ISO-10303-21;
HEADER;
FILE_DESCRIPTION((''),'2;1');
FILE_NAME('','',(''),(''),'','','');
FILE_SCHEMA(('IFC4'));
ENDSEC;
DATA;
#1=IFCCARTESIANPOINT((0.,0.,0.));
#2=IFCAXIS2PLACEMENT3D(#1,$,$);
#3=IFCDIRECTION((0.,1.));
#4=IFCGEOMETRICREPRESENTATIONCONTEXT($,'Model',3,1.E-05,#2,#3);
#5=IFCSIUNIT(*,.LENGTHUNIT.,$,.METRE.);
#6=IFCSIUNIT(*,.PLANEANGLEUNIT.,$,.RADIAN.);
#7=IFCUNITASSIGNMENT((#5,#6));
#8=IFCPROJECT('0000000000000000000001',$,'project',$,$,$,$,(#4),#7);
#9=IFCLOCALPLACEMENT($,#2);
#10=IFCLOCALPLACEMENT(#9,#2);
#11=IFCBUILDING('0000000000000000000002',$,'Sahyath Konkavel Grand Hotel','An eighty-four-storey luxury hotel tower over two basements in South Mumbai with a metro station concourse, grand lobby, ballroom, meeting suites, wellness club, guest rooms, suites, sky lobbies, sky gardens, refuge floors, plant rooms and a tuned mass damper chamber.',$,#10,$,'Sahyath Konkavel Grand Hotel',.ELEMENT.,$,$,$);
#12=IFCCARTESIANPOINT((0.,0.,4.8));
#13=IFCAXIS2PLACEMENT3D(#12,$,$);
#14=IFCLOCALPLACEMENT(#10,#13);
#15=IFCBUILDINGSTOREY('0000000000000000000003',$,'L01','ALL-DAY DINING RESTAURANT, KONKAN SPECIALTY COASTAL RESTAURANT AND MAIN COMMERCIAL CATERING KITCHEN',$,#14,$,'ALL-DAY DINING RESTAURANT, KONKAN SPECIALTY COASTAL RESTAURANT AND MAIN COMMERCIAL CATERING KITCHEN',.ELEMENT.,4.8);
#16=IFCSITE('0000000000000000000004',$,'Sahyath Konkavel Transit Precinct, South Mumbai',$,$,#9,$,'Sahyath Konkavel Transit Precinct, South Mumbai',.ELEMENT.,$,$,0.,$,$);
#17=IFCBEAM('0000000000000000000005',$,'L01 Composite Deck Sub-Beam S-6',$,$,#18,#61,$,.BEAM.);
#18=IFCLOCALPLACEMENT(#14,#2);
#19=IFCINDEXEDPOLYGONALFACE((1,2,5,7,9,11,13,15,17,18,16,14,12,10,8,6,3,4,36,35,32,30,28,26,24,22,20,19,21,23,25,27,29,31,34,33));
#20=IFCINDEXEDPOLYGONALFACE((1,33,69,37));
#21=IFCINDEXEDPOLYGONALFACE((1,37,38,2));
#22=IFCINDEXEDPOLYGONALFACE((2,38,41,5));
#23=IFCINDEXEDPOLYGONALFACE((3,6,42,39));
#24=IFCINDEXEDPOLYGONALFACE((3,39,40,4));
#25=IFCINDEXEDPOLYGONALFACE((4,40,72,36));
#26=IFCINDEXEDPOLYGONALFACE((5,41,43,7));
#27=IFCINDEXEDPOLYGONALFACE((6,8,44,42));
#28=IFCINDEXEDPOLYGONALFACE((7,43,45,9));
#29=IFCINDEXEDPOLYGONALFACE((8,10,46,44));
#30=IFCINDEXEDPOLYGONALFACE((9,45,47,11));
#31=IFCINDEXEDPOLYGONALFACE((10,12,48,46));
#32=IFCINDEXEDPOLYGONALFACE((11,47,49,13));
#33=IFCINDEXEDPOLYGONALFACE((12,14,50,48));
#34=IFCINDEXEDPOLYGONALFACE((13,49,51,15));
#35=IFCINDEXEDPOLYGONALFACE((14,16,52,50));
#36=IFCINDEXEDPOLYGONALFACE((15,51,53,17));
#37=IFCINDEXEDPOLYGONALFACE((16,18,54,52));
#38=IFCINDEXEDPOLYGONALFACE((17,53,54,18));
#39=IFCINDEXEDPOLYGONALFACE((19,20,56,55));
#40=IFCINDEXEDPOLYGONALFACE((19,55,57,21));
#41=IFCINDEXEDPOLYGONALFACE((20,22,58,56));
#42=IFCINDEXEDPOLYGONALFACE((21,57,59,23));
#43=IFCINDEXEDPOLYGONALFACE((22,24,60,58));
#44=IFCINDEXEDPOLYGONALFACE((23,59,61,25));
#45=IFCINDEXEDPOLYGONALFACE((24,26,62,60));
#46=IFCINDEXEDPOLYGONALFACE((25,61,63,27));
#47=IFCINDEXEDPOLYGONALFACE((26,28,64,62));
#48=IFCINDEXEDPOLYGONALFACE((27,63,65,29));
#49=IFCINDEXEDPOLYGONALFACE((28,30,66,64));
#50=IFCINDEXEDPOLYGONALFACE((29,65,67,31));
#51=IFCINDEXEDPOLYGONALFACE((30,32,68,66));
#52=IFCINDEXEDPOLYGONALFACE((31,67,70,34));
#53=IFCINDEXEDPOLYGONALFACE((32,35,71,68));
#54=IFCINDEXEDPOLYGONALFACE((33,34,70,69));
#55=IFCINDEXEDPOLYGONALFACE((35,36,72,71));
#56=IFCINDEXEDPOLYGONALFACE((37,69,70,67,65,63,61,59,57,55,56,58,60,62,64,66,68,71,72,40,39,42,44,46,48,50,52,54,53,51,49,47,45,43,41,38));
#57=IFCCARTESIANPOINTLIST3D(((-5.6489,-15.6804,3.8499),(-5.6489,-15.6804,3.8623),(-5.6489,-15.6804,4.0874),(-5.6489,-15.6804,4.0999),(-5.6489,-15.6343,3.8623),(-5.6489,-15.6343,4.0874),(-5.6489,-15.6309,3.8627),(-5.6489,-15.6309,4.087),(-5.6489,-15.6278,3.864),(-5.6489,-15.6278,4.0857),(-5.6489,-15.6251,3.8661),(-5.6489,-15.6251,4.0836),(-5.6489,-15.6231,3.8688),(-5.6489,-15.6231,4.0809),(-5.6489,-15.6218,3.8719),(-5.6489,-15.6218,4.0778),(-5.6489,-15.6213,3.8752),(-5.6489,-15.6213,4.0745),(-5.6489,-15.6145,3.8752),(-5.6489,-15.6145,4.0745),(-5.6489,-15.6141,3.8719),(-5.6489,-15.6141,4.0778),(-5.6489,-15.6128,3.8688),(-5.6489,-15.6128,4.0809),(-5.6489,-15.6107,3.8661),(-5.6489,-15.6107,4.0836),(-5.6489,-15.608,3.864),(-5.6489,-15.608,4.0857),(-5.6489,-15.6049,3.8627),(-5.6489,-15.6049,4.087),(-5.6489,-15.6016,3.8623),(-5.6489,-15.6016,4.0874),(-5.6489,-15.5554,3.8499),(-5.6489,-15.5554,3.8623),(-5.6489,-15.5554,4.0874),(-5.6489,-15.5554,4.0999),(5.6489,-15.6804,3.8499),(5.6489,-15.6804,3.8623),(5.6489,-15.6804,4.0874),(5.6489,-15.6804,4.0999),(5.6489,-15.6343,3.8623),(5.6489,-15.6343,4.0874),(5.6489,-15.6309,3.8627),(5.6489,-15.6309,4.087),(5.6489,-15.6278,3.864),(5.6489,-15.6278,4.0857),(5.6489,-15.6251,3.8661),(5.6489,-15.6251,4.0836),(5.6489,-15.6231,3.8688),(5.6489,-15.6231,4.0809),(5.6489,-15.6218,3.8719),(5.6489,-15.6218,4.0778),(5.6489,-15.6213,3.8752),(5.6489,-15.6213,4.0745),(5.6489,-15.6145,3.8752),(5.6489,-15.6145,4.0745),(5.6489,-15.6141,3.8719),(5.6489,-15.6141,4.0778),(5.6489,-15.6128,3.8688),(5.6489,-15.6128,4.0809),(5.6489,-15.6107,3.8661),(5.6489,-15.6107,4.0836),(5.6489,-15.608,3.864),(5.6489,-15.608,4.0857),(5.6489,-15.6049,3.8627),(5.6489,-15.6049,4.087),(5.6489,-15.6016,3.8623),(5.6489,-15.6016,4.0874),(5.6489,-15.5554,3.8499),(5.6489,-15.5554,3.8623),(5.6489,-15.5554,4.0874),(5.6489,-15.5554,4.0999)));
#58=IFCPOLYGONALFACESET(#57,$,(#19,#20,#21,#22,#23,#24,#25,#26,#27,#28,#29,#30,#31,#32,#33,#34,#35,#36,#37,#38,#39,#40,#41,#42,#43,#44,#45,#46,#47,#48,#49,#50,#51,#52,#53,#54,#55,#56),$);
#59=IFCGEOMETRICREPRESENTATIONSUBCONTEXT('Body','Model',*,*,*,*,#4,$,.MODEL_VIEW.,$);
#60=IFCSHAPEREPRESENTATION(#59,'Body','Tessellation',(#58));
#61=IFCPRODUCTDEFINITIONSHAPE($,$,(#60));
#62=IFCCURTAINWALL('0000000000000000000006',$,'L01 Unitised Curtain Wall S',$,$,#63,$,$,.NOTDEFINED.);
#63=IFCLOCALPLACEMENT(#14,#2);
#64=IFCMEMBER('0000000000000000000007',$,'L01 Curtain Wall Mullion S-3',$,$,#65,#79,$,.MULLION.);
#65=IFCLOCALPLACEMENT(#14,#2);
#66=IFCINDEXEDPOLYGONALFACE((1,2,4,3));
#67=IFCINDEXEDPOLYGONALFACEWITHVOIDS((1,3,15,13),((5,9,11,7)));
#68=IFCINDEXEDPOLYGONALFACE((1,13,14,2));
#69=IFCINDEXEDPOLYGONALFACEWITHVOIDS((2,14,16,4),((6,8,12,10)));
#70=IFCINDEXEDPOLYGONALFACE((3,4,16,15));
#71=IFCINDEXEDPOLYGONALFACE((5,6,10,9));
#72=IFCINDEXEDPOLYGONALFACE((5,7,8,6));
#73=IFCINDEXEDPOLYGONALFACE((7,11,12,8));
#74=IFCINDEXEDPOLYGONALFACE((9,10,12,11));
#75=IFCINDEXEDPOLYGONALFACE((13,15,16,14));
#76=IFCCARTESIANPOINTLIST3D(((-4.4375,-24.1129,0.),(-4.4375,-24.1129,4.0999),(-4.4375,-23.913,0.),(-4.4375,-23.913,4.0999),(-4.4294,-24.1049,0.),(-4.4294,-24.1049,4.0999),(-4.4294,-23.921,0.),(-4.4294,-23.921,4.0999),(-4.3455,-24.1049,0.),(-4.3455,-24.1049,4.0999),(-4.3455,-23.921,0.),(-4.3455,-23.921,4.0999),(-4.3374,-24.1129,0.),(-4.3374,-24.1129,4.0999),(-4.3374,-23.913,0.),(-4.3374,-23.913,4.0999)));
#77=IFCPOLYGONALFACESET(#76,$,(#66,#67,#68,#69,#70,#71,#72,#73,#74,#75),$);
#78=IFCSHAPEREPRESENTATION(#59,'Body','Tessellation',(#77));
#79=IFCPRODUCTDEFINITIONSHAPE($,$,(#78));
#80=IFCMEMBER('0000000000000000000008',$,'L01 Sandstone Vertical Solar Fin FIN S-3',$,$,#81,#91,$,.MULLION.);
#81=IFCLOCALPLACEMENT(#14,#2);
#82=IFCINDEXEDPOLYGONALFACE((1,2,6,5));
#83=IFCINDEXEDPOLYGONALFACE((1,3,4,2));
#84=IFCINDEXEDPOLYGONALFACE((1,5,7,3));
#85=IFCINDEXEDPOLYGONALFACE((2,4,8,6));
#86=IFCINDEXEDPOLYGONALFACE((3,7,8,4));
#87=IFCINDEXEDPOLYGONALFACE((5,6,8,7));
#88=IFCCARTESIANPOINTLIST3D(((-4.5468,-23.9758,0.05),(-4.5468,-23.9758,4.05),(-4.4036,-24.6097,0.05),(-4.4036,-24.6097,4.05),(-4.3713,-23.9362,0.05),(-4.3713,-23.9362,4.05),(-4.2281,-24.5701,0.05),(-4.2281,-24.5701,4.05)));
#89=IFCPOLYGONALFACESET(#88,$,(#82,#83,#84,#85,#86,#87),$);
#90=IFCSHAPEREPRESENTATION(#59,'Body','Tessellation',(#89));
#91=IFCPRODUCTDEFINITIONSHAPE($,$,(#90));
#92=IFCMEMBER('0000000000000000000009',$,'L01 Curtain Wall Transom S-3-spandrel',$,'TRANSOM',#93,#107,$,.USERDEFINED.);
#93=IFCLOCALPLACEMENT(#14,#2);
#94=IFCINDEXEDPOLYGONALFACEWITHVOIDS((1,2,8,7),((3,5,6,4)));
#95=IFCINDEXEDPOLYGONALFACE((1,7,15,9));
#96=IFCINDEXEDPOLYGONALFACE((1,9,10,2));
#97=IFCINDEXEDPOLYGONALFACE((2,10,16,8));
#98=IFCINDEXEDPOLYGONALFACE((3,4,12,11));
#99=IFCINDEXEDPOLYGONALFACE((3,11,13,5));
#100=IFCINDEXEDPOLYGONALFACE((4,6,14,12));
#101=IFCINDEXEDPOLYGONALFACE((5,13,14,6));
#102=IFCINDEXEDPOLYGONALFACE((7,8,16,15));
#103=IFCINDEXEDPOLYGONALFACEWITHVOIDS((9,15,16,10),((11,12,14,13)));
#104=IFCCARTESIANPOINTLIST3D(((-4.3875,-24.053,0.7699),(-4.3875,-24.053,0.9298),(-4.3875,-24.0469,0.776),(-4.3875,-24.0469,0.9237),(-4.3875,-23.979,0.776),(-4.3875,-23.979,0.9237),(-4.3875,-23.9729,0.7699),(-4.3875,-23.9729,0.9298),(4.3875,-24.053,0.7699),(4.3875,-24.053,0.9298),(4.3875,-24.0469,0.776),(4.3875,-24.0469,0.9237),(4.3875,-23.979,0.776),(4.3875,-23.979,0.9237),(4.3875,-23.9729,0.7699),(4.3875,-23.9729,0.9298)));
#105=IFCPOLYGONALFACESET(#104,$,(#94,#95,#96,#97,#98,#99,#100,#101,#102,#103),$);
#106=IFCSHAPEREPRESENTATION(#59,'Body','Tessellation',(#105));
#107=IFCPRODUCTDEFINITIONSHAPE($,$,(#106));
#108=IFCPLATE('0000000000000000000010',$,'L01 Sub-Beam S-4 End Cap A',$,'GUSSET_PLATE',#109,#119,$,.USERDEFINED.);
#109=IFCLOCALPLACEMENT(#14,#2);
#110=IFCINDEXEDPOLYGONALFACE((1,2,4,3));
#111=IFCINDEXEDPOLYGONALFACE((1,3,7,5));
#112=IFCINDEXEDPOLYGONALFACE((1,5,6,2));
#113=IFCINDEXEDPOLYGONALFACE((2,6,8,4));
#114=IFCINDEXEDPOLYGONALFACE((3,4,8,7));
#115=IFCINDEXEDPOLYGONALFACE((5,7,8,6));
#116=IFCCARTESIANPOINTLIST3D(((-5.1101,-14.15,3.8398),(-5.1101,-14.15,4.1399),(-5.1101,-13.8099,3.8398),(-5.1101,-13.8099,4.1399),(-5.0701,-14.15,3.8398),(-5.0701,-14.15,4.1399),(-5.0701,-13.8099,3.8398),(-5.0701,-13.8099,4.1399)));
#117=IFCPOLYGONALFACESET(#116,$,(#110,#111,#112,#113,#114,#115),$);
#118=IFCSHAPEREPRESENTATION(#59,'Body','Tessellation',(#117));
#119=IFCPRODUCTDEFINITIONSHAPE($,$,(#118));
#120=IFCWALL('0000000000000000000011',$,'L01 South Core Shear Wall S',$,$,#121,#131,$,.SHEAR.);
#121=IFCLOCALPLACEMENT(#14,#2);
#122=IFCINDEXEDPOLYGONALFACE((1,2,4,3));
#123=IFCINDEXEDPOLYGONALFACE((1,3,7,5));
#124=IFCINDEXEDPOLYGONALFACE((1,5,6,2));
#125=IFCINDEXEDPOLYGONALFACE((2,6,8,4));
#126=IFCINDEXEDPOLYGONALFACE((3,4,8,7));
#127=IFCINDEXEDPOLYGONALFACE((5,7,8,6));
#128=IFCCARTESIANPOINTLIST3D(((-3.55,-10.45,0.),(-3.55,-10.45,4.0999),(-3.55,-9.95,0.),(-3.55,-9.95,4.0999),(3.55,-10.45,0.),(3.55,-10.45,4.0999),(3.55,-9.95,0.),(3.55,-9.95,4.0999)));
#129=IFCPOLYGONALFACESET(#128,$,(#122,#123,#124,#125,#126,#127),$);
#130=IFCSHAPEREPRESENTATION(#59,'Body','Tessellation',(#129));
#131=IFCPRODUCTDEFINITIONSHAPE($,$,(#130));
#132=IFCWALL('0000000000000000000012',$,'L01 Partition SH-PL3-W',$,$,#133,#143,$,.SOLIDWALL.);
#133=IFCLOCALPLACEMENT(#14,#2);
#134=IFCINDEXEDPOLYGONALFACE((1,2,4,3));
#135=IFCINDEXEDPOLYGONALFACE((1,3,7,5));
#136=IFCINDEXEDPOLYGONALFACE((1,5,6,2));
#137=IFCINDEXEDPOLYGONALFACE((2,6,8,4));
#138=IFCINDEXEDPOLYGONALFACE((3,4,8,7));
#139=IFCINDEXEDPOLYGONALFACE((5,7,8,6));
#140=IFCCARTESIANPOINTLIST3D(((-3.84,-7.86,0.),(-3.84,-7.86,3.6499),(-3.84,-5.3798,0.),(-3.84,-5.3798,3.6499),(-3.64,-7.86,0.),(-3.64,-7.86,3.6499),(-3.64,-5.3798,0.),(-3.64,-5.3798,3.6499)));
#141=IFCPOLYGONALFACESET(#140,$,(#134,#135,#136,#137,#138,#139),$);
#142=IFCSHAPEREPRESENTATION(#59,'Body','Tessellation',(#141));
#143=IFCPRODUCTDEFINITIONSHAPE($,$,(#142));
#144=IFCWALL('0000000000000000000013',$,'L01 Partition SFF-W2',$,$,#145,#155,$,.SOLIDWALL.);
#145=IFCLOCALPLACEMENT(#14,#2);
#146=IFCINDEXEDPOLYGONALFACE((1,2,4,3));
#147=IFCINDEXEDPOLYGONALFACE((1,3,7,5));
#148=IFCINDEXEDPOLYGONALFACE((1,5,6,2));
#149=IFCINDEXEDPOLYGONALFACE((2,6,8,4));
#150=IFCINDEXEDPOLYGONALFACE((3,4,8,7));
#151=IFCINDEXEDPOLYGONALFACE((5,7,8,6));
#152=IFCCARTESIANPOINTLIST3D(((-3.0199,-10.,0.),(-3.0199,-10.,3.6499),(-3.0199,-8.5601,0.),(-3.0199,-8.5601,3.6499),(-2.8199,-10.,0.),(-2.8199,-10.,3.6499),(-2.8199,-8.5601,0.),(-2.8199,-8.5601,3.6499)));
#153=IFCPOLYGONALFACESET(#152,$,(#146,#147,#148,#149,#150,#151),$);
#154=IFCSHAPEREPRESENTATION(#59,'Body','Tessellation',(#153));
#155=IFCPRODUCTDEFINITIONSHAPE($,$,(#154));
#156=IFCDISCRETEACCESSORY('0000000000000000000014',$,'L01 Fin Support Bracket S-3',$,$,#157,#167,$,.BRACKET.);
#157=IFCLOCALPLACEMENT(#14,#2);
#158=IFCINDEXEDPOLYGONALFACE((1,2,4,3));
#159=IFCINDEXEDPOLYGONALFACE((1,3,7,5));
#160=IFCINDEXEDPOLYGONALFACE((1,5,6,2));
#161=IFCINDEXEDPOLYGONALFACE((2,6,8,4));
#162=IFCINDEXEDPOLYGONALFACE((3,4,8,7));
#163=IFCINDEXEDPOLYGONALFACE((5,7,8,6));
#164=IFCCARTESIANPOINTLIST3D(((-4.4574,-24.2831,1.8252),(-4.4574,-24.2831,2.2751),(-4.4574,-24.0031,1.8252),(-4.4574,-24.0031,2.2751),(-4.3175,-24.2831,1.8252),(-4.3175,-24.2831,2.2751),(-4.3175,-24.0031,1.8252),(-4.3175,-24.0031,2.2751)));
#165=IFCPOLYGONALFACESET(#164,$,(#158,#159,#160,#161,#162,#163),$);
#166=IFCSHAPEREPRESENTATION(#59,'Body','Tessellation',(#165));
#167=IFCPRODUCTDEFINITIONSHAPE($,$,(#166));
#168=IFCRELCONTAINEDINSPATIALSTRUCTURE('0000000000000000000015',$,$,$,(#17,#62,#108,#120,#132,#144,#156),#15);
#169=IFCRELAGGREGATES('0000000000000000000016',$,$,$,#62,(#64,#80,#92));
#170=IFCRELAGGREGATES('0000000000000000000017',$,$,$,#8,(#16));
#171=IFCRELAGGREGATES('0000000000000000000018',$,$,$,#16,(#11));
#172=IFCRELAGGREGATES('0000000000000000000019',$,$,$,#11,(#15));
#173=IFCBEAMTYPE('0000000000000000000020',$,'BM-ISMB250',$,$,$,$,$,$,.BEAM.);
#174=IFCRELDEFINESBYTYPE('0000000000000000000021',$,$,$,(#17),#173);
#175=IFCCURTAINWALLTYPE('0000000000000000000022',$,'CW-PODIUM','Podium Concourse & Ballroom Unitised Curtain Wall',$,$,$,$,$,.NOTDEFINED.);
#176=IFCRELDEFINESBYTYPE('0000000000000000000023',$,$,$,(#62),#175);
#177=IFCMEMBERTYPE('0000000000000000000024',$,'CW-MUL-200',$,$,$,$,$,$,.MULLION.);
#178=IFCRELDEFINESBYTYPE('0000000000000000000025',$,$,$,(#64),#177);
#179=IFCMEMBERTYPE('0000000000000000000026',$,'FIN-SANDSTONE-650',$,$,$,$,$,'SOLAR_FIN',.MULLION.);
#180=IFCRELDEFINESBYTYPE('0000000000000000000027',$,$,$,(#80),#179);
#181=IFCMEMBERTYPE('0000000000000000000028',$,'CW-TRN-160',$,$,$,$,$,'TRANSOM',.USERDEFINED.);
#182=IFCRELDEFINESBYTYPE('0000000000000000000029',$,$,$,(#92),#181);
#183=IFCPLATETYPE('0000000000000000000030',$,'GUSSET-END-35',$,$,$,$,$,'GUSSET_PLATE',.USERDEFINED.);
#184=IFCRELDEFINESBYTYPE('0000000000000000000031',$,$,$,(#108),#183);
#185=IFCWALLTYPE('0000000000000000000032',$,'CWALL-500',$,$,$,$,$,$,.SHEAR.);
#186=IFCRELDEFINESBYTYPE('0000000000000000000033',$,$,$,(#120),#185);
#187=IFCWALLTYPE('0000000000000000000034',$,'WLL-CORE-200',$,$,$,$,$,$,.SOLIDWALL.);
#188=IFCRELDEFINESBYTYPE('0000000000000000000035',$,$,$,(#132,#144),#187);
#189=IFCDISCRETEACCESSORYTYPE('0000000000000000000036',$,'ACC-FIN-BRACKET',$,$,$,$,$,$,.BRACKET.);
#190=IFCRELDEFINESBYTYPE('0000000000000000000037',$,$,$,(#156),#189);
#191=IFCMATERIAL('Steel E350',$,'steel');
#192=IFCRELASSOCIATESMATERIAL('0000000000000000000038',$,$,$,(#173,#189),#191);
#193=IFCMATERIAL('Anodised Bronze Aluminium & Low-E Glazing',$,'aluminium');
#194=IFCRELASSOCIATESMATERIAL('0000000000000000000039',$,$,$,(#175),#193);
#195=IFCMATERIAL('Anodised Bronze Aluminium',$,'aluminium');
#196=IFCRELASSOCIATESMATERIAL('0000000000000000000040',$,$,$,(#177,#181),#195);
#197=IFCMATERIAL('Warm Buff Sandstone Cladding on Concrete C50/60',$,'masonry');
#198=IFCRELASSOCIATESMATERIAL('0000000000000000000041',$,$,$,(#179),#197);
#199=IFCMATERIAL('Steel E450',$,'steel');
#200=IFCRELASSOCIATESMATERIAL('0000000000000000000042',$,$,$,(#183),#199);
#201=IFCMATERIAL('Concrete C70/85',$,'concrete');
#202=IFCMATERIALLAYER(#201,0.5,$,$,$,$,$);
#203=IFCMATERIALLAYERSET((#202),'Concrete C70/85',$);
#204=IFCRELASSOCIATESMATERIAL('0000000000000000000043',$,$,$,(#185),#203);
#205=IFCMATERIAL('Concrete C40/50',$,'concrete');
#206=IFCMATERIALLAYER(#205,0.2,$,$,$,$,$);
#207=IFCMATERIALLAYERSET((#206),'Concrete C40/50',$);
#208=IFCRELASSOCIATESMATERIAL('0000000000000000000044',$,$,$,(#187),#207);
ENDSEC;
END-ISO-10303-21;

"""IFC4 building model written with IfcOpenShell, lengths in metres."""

from ifc_helpers import new_model, si_unit, direction, frame, frame_2d, origin, origin_2d, place, context, subcontext, project, spatial, rectangle, hollow_rectangle, i_section, extrude, source, transform, mapped, material, layer, layer_set, material_profile, profile_set, type_object, element, aggregate, save


model = new_model("IFC4")

# Units and contexts
model_context = context("Model", 3, precision=1e-05, world=origin(), true_north=direction((0.0, 1.0)))
body_context = subcontext(model_context, "Body", "Model", "MODEL_VIEW")
ifc_project = project(units=[si_unit("LENGTHUNIT", "METRE"), si_unit("PLANEANGLEUNIT", "RADIAN")], contexts=[model_context])

# Site, building, storey
site_placement = place(None, origin())
site = spatial("IfcSite", under=ifc_project, at=site_placement, Name="Sahyath Konkavel Transit Precinct, South Mumbai", LongName="Sahyath Konkavel Transit Precinct, South Mumbai", CompositionType="ELEMENT", RefElevation=0.0)
building_placement = place(site_placement, origin())
building = spatial("IfcBuilding", under=site, at=building_placement, Name="Sahyath Konkavel Grand Hotel", Description="An eighty-four-storey luxury hotel tower over two basements in South Mumbai with a metro station concourse, grand lobby, ballroom, meeting suites, wellness club, guest rooms, suites, sky lobbies, sky gardens, refuge floors, plant rooms and a tuned mass damper chamber.", LongName="Sahyath Konkavel Grand Hotel", CompositionType="ELEMENT")
storey_placement = place(building_placement, frame((0.0, 0.0, 4.8)))
storey = spatial("IfcBuildingStorey", under=building, at=storey_placement, Name="L01", Description="ALL-DAY DINING RESTAURANT, KONKAN SPECIALTY COASTAL RESTAURANT AND MAIN COMMERCIAL CATERING KITCHEN", LongName="ALL-DAY DINING RESTAURANT, KONKAN SPECIALTY COASTAL RESTAURANT AND MAIN COMMERCIAL CATERING KITCHEN", CompositionType="ELEMENT", Elevation=4.8)

# Shared definitions
ifc_material_1 = material(Name="Concrete C70/85", Category="concrete")

# Beam
ifc_material_2 = material(Name="Steel E350", Category="steel")
ifc_material_profile_1 = material_profile(ifc_material_2, i_section(OverallWidth=0.125, OverallDepth=0.25, WebThickness=0.0068, FlangeThickness=0.0125, FilletRadius=0.0129, at=origin_2d()), Name="ISMB 250")
ifc_profile_set_1 = profile_set([ifc_material_profile_1], Name="Steel E350")
beam_type_1 = type_object("IfcBeamType", Name="BM-ISMB250", PredefinedType="BEAM", material=ifc_profile_set_1)
shared_shape_1 = source(origin(), body_context, "Body", "SweptSolid", [
    extrude(i_section(OverallWidth=0.125, OverallDepth=0.25, WebThickness=0.0068, FlangeThickness=0.0125, FilletRadius=0.0129, at=origin_2d()), origin(), (0.0, 0.0, 1.0), 11.2979),
])
beam_1_placement = place(storey_placement, frame((-5.6489, -15.6179, 3.9749), z_axis=(1.0, 0.0, 0.0), x_axis=(0.0, 1.0, 0.0)))
element("IfcBeam", 1, at=beam_1_placement, inside=storey, type_object=beam_type_1, Name="L01 Composite Deck Sub-Beam S-6", PredefinedType="BEAM", context=body_context, shape_type="MappedRepresentation", body=[
    mapped(shared_shape_1, transform((0.0, 0.0, 0.0), scale=1.0)),
])

# Curtain wall, members
ifc_material_3 = material(Name="Anodised Bronze Aluminium & Low-E Glazing", Category="aluminium")
curtain_wall_type = type_object("IfcCurtainWallType", Name="CW-PODIUM", Description="Podium Concourse & Ballroom Unitised Curtain Wall", PredefinedType="NOTDEFINED", material=ifc_material_3)
curtain_wall_placement = place(storey_placement, origin())
curtain_wall = element("IfcCurtainWall", 2, at=curtain_wall_placement, inside=storey, type_object=curtain_wall_type, Name="L01 Unitised Curtain Wall S", PredefinedType="NOTDEFINED")
ifc_material_4 = material(Name="Anodised Bronze Aluminium", Category="aluminium")
ifc_material_profile_2 = material_profile(ifc_material_4, hollow_rectangle(XDim=0.1001, YDim=0.2, WallThickness=0.0081, at=origin_2d()), Name="RHS 200x100x8")
ifc_profile_set_2 = profile_set([ifc_material_profile_2], Name="Anodised Bronze Aluminium")
member_type_1 = type_object("IfcMemberType", Name="CW-MUL-200", PredefinedType="MULLION", material=ifc_profile_set_2)
shared_shape_2 = source(origin(), body_context, "Body", "SweptSolid", [
    extrude(hollow_rectangle(XDim=0.1001, YDim=0.2, WallThickness=0.0081, at=origin_2d()), origin(), (0.0, 0.0, 1.0), 4.0999),
])
member_1_placement = place(storey_placement, frame((-4.3875, -24.0129, 0.0), z_axis=(0.0, 0.0, 1.0), x_axis=(1.0, 0.0, 0.0)))
member_1 = element("IfcMember", 3, at=member_1_placement, type_object=member_type_1, Name="L01 Curtain Wall Mullion S-3", PredefinedType="MULLION", context=body_context, shape_type="MappedRepresentation", body=[
    mapped(shared_shape_2, transform((0.0, 0.0, 0.0), scale=1.0)),
])
ifc_material_5 = material(Name="Warm Buff Sandstone Cladding on Concrete C50/60", Category="masonry")
ifc_material_profile_3 = material_profile(ifc_material_5, rectangle(XDim=0.1799, YDim=0.6499, at=origin_2d()), Name="FIN 180x650")
ifc_profile_set_3 = profile_set([ifc_material_profile_3], Name="Warm Buff Sandstone Cladding on Concrete C50/60")
member_type_2 = type_object("IfcMemberType", Name="FIN-SANDSTONE-650", ElementType="SOLAR_FIN", PredefinedType="MULLION", material=ifc_profile_set_3)
shared_shape_3 = source(origin(), body_context, "Body", "SweptSolid", [
    extrude(rectangle(XDim=0.1799, YDim=0.6499, at=origin_2d()), origin(), (0.0, 0.0, 1.0), 4.0),
])
member_2_placement = place(storey_placement, frame((-4.3875, -24.2729, 0.05), z_axis=(0.0, 0.0, 1.0), x_axis=(0.975419, 0.220357, 0.0)))
member_2 = element("IfcMember", 4, at=member_2_placement, type_object=member_type_2, Name="L01 Sandstone Vertical Solar Fin FIN S-3", PredefinedType="MULLION", context=body_context, shape_type="MappedRepresentation", body=[
    mapped(shared_shape_3, transform((0.0, 0.0, 0.0), scale=1.0)),
])
ifc_material_profile_4 = material_profile(ifc_material_4, hollow_rectangle(XDim=0.0801, YDim=0.1599, WallThickness=0.0061, at=origin_2d()), Name="RHS 160x80x6")
ifc_profile_set_4 = profile_set([ifc_material_profile_4], Name="Anodised Bronze Aluminium")
member_type_3 = type_object("IfcMemberType", Name="CW-TRN-160", ElementType="TRANSOM", PredefinedType="USERDEFINED", material=ifc_profile_set_4)
shared_shape_4 = source(origin(), body_context, "Body", "SweptSolid", [
    extrude(hollow_rectangle(XDim=0.0801, YDim=0.1599, WallThickness=0.0061, at=origin_2d()), origin(), (0.0, 0.0, 1.0), 8.7749),
])
member_3_placement = place(storey_placement, frame((-4.3875, -24.0129, 0.8499), z_axis=(1.0, 0.0, 0.0), x_axis=(0.0, 1.0, 0.0)))
member_3 = element("IfcMember", 5, at=member_3_placement, type_object=member_type_3, Name="L01 Curtain Wall Transom S-3-spandrel", ObjectType="TRANSOM", PredefinedType="USERDEFINED", context=body_context, shape_type="MappedRepresentation", body=[
    mapped(shared_shape_4, transform((0.0, 0.0, 0.0), scale=1.0)),
])
aggregate(curtain_wall, [member_1, member_2, member_3])

# Plate
ifc_material_6 = material(Name="Steel E450", Category="steel")
plate_type = type_object("IfcPlateType", Name="GUSSET-END-35", ElementType="GUSSET_PLATE", PredefinedType="USERDEFINED", material=ifc_material_6)
shared_shape_5 = source(origin(), body_context, "Body", "SweptSolid", [
    extrude(rectangle(XDim=0.04, YDim=0.3401, at=origin_2d()), origin(), (0.0, 0.0, 1.0), 0.3),
])
plate_placement = place(storey_placement, frame((-5.0901, -13.98, 3.8398), z_axis=(0.0, 0.0, 1.0), x_axis=(1.0, 0.0, 0.0)))
element("IfcPlate", 6, at=plate_placement, inside=storey, type_object=plate_type, Name="L01 Sub-Beam S-4 End Cap A", ObjectType="GUSSET_PLATE", PredefinedType="USERDEFINED", context=body_context, shape_type="MappedRepresentation", body=[
    mapped(shared_shape_5, transform((0.0, 0.0, 0.0), scale=1.0)),
])

# Walls
ifc_layer_1 = layer(ifc_material_1, 0.5)
ifc_layer_set_1 = layer_set([ifc_layer_1], Name="Concrete C70/85")
wall_type_1 = type_object("IfcWallType", Name="CWALL-500", PredefinedType="SHEAR", material=ifc_layer_set_1)
wall_1_placement = place(storey_placement, frame((-3.55, -10.2, 0.0), z_axis=(0.0, 0.0, 1.0), x_axis=(1.0, 0.0, 0.0)))
element("IfcWall", 7, at=wall_1_placement, inside=storey, type_object=wall_type_1, Name="L01 South Core Shear Wall S", PredefinedType="SHEAR", context=body_context, shape_type="SweptSolid", body=[
    extrude(rectangle(XDim=7.1001, YDim=0.5, at=frame_2d((3.55, 0.0))), origin(), (0.0, 0.0, 1.0), 4.0999),
])
ifc_material_7 = material(Name="Concrete C40/50", Category="concrete")
ifc_layer_2 = layer(ifc_material_7, 0.2)
ifc_layer_set_2 = layer_set([ifc_layer_2], Name="Concrete C40/50")
wall_type_2 = type_object("IfcWallType", Name="WLL-CORE-200", PredefinedType="SOLIDWALL", material=ifc_layer_set_2)
wall_2_placement = place(storey_placement, frame((-3.74, -7.8601, 0.0), z_axis=(0.0, 0.0, 1.0), x_axis=(0.0, 1.0, 0.0)))
element("IfcWall", 8, at=wall_2_placement, inside=storey, type_object=wall_type_2, Name="L01 Partition SH-PL3-W", PredefinedType="SOLIDWALL", context=body_context, shape_type="SweptSolid", body=[
    extrude(rectangle(XDim=2.4802, YDim=0.2, at=frame_2d((1.2402, 0.0))), origin(), (0.0, 0.0, 1.0), 3.6499),
])

# Wall
wall_3_placement = place(storey_placement, frame((-2.9199, -10.0, 0.0), z_axis=(0.0, 0.0, 1.0), x_axis=(0.0, 1.0, 0.0)))
element("IfcWall", 9, at=wall_3_placement, inside=storey, type_object=wall_type_2, Name="L01 Partition SFF-W2", PredefinedType="SOLIDWALL", context=body_context, shape_type="SweptSolid", body=[
    extrude(rectangle(XDim=1.4399, YDim=0.2, at=frame_2d((0.72, 0.0))), origin(), (0.0, 0.0, 1.0), 3.6499),
])

# Discrete accessory
discrete_accessory_type = type_object("IfcDiscreteAccessoryType", Name="ACC-FIN-BRACKET", PredefinedType="BRACKET", material=ifc_material_2)
shared_shape_6 = source(origin(), body_context, "Body", "SweptSolid", [
    extrude(rectangle(XDim=0.28, YDim=0.1399, at=origin_2d()), origin(), (0.0, 0.0, 1.0), 0.45),
])
discrete_accessory_placement = place(storey_placement, frame((-4.3875, -24.1431, 1.8252), z_axis=(0.0, 0.0, 1.0), x_axis=(0.0, -1.0, 0.0)))
element("IfcDiscreteAccessory", 10, at=discrete_accessory_placement, inside=storey, type_object=discrete_accessory_type, Name="L01 Fin Support Bracket S-3", PredefinedType="BRACKET", context=body_context, shape_type="MappedRepresentation", body=[
    mapped(shared_shape_6, transform((0.0, 0.0, 0.0), scale=1.0)),
])

save(model, "model.ifc")
